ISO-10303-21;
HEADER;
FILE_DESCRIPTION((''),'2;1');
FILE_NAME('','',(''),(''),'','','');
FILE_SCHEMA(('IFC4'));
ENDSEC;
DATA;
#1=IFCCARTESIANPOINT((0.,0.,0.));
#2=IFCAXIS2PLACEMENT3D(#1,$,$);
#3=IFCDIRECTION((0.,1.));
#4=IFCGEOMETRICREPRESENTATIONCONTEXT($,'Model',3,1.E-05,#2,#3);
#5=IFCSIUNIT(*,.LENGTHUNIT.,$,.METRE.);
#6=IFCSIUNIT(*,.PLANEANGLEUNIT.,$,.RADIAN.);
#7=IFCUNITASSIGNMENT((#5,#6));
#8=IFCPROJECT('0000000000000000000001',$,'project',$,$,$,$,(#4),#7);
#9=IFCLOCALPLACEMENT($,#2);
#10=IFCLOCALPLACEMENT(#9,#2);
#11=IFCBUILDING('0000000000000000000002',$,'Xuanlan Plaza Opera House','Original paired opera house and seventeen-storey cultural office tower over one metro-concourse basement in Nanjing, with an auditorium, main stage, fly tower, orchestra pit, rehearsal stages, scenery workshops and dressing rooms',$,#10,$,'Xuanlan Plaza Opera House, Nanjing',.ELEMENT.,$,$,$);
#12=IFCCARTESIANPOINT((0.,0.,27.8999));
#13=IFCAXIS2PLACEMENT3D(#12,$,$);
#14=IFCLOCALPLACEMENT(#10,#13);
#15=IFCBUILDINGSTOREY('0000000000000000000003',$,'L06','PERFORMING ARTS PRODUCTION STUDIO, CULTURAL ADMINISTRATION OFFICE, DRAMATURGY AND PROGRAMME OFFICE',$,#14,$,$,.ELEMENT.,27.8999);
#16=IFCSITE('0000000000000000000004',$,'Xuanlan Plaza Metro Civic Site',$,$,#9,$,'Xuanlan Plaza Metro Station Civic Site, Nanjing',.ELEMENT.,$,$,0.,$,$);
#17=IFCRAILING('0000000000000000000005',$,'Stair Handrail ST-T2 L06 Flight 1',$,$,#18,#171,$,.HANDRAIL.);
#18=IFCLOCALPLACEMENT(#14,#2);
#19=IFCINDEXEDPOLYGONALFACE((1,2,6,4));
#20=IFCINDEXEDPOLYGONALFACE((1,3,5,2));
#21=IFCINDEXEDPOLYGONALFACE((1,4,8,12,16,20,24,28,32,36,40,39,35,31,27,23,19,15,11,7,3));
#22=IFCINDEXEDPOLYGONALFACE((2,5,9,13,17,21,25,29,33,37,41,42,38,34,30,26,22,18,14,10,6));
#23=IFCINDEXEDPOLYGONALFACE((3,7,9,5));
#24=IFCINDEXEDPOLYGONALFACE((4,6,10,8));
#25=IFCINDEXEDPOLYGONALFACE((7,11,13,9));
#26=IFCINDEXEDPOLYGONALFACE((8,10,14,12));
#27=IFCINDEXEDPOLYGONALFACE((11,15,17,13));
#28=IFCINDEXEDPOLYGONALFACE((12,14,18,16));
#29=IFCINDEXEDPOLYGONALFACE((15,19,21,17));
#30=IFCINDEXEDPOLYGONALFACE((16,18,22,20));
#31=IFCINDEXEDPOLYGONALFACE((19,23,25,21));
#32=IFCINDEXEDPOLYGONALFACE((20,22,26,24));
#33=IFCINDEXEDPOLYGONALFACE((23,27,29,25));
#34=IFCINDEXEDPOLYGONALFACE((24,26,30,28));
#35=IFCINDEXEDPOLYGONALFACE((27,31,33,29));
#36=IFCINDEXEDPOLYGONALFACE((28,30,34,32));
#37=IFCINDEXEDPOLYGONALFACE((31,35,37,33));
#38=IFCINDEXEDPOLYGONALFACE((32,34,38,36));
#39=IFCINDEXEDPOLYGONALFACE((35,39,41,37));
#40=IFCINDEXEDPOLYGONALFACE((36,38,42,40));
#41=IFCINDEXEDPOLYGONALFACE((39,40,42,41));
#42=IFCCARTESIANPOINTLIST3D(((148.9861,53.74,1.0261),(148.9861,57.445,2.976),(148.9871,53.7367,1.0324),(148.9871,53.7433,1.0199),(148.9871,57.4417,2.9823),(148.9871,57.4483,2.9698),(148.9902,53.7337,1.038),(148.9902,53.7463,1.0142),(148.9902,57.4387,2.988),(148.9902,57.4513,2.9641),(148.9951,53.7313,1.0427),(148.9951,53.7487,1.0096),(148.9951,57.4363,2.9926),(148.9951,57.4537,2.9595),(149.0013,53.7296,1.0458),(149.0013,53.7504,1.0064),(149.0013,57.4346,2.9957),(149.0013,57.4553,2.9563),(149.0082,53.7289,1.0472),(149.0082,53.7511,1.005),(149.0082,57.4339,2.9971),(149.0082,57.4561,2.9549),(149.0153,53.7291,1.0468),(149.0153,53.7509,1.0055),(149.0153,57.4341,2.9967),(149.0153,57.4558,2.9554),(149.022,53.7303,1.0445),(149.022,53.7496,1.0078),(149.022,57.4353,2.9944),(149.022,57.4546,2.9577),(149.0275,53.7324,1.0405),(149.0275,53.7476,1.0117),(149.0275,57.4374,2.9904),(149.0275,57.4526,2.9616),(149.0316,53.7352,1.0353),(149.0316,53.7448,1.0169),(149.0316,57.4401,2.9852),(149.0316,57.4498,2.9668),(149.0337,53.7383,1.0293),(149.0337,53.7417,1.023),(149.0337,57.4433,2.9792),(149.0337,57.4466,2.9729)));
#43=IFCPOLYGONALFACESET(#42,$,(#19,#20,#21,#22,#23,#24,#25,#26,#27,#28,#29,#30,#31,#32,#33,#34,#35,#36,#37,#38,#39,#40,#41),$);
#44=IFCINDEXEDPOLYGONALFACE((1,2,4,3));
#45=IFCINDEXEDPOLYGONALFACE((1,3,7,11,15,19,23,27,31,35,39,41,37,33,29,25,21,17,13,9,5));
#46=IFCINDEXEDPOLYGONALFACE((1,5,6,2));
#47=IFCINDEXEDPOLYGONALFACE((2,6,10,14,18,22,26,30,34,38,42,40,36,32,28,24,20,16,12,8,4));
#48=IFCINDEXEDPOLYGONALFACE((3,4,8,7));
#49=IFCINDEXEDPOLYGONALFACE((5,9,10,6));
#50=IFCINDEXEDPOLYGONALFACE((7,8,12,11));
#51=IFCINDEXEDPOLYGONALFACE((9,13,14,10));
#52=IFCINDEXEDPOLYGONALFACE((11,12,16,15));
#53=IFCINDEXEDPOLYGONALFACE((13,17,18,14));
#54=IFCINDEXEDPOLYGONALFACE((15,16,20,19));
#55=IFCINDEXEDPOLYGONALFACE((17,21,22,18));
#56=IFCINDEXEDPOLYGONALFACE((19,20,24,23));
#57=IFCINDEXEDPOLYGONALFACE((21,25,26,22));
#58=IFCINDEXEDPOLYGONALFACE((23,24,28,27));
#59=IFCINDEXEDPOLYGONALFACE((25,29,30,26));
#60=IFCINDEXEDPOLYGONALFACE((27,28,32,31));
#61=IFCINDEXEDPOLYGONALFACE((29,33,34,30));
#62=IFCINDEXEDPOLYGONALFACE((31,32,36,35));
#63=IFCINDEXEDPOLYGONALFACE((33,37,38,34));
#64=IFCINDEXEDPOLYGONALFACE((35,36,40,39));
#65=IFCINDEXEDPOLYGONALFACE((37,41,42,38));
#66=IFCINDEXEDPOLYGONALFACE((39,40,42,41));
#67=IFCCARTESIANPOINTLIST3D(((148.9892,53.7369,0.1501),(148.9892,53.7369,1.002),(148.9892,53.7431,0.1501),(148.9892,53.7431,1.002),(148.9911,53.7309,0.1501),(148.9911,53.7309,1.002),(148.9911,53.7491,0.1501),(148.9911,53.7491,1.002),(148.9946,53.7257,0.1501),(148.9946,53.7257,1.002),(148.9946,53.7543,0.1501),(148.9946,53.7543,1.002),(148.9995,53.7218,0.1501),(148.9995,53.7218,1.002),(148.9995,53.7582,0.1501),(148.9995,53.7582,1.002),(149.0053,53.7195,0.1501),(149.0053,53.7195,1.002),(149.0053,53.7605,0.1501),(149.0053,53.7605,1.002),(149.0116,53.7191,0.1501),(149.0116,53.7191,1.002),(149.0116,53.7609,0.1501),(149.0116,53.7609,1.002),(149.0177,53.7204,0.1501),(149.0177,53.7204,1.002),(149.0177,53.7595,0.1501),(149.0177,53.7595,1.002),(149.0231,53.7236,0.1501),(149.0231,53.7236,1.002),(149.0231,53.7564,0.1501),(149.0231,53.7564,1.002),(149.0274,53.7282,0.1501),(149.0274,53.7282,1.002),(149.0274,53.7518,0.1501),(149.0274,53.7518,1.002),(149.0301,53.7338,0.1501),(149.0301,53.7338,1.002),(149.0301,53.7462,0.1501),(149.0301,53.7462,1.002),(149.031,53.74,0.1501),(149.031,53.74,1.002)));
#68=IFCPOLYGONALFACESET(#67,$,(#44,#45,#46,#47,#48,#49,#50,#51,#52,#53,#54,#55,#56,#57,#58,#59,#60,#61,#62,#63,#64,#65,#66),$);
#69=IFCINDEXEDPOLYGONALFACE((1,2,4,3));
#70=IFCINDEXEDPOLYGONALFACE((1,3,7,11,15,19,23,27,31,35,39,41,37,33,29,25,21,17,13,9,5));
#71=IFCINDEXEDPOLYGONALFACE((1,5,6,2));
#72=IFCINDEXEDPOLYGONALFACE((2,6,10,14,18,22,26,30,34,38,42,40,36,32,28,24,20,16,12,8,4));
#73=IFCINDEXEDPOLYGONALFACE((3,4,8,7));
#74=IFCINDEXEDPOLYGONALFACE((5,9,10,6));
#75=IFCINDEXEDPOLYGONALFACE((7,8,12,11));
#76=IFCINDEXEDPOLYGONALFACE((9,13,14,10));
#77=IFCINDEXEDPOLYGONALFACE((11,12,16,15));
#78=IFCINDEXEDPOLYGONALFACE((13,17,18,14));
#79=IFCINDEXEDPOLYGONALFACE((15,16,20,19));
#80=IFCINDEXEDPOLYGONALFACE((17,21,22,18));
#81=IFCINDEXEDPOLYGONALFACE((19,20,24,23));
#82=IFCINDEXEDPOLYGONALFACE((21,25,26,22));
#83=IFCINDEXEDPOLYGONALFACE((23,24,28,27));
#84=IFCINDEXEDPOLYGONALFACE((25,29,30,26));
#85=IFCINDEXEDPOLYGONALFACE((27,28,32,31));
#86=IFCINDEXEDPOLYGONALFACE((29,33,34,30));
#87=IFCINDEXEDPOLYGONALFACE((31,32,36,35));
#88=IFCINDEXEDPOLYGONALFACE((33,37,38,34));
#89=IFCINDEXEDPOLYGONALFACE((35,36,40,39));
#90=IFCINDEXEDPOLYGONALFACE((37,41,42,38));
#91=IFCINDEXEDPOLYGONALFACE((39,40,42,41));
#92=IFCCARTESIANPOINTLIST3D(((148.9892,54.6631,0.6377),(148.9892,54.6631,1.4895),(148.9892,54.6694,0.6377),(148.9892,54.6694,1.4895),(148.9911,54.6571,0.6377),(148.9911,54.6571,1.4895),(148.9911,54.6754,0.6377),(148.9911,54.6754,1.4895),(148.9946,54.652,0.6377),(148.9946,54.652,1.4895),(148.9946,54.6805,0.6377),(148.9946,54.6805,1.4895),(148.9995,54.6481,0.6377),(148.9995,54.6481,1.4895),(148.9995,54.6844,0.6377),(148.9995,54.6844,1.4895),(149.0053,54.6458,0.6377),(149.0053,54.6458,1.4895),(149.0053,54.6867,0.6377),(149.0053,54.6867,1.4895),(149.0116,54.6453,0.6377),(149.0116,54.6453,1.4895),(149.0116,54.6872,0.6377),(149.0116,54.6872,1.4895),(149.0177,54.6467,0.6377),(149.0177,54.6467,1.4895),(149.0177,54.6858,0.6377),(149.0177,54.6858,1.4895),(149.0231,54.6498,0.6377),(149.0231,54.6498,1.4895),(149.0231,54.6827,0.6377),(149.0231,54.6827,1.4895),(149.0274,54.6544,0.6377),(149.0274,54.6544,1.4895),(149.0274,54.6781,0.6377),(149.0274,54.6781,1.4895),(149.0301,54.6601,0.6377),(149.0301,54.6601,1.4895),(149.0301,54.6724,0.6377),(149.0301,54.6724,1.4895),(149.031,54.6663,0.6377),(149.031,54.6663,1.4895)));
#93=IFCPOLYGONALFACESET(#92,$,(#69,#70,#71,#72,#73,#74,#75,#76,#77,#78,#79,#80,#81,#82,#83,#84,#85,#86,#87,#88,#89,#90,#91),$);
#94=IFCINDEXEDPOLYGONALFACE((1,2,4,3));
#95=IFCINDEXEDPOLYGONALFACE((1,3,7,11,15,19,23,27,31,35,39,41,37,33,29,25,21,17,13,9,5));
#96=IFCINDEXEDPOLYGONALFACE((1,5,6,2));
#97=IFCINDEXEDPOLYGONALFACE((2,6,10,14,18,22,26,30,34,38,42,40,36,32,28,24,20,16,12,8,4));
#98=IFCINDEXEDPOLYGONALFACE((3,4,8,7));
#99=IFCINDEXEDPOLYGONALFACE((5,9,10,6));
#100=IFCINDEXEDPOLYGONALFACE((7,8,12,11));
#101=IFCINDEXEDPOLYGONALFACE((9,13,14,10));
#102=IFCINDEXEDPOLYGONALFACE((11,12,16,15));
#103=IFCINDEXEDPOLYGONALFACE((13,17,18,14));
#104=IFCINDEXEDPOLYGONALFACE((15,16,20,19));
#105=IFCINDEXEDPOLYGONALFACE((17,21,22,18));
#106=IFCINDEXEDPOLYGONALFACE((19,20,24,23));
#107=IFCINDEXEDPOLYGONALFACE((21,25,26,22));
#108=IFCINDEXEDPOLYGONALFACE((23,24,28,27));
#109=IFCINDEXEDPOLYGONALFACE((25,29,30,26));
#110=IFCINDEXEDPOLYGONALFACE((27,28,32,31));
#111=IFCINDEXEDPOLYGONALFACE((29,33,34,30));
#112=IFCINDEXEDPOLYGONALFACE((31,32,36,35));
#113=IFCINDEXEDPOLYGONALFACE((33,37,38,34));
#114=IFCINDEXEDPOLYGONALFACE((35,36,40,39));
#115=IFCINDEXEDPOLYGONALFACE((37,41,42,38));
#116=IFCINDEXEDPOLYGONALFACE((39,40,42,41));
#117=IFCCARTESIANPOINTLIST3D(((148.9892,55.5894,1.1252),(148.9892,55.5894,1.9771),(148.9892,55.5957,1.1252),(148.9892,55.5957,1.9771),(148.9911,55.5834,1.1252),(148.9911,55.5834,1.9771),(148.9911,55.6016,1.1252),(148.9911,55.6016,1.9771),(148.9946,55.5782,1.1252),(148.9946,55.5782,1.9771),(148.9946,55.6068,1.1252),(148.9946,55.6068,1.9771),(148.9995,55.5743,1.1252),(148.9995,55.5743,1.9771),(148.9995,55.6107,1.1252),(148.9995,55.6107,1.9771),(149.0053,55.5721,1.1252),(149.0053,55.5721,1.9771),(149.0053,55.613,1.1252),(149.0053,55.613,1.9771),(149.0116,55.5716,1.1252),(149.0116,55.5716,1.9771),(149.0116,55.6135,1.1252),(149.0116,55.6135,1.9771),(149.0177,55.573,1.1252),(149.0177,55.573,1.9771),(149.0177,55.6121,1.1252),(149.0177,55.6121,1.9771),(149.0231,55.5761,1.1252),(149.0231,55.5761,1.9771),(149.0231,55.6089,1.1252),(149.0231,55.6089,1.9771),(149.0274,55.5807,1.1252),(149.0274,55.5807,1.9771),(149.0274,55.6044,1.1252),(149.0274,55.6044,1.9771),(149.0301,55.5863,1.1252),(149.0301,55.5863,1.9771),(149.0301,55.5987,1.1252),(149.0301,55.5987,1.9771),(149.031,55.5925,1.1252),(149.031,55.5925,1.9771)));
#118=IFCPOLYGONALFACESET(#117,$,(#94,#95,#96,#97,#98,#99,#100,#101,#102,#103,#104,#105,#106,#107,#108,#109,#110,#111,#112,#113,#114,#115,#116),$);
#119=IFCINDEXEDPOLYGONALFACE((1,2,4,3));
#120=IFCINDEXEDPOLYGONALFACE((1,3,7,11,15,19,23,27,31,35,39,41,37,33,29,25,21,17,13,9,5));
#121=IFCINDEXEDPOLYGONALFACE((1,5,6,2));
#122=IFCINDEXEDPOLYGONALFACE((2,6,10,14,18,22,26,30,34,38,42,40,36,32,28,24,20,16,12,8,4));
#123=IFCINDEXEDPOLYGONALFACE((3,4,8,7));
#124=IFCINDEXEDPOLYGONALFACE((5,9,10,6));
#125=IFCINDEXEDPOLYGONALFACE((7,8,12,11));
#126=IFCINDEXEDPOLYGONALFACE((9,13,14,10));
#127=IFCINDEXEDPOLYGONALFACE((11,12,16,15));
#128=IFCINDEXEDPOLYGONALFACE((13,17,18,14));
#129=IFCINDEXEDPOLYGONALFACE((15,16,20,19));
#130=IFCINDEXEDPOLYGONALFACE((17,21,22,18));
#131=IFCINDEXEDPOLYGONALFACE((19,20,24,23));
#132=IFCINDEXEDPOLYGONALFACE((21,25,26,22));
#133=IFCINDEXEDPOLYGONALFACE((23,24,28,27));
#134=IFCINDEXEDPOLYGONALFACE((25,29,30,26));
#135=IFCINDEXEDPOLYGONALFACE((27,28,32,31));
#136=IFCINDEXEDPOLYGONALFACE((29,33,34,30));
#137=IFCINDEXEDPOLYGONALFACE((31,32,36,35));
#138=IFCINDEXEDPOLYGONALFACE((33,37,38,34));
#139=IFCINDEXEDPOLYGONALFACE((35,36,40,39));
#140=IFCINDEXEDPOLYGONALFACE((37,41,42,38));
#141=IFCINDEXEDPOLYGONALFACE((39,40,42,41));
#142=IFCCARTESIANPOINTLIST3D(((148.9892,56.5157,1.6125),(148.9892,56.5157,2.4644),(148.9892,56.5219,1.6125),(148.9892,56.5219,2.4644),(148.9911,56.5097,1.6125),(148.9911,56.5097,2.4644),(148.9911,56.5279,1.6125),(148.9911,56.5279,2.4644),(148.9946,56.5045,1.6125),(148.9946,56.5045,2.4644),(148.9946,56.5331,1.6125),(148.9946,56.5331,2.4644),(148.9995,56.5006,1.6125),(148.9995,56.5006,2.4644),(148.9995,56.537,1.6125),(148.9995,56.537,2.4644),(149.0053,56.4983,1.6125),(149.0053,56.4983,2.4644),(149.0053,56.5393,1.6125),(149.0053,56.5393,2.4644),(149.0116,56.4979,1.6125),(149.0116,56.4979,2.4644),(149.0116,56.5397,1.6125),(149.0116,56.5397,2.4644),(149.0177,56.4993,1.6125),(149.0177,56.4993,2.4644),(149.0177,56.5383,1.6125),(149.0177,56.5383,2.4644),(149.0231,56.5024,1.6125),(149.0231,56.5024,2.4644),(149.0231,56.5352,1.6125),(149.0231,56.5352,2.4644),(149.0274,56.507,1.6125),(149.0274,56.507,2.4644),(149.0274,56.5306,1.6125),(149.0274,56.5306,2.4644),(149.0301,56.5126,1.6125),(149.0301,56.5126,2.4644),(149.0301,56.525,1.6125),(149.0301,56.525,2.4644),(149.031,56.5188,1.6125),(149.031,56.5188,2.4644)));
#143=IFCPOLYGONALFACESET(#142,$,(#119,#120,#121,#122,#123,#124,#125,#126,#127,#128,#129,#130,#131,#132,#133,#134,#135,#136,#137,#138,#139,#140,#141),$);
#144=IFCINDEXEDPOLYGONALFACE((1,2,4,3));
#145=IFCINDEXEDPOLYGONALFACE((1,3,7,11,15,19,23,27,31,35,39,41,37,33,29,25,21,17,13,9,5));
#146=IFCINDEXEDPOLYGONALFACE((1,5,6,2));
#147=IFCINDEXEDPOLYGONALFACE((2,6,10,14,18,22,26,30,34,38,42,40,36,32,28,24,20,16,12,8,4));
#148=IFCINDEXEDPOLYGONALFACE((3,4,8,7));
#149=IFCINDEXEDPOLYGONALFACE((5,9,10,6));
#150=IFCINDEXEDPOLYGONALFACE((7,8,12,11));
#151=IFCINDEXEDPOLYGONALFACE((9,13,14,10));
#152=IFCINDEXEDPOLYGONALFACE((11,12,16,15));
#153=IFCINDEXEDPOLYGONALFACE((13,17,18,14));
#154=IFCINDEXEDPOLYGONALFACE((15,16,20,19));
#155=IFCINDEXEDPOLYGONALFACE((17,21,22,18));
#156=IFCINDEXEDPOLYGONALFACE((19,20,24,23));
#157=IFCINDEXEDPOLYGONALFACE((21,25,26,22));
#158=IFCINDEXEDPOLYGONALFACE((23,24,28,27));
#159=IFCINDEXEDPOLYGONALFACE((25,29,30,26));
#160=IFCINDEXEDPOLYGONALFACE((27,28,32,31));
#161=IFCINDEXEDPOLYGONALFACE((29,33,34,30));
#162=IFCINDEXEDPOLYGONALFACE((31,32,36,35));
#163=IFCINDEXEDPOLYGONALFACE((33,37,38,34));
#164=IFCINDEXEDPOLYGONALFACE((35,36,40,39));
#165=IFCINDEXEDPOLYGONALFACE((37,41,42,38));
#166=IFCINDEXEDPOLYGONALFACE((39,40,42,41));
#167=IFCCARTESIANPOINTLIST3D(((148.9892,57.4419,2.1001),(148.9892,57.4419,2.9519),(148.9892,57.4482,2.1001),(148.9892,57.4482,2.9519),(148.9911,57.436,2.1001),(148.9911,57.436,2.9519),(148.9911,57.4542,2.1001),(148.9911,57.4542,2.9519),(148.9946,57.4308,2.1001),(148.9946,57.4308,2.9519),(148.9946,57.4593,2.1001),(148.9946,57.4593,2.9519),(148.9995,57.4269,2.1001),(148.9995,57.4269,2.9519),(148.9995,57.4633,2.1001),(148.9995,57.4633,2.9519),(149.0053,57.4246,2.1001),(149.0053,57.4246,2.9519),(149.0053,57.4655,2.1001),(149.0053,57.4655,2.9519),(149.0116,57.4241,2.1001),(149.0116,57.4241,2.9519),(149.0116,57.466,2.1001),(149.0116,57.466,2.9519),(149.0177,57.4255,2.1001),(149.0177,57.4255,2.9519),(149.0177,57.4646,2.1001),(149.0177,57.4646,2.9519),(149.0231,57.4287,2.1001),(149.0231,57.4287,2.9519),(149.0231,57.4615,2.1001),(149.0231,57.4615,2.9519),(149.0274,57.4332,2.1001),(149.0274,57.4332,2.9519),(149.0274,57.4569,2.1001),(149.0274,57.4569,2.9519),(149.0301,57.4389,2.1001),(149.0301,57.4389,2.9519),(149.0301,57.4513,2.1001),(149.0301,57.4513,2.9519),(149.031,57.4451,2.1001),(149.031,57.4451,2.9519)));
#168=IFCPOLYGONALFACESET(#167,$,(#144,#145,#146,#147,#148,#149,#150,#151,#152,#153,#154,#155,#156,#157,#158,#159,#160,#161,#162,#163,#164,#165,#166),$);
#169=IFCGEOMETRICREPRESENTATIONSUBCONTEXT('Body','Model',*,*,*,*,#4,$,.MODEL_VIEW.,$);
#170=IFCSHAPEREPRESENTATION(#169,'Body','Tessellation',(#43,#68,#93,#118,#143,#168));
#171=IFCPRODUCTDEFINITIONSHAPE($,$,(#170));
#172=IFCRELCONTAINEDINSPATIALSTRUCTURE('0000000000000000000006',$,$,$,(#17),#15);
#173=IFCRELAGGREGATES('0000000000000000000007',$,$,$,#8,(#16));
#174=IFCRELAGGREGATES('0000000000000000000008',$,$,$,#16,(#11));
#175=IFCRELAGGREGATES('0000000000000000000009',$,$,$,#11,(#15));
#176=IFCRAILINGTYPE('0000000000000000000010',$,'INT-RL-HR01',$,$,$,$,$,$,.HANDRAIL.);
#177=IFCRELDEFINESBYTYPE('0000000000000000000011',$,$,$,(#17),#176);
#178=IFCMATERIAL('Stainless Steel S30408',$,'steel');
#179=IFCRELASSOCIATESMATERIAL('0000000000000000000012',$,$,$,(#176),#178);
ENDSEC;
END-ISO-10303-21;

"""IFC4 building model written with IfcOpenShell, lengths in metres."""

from ifc_helpers import new_model, si_unit, direction, frame, origin, origin_2d, place, context, subcontext, project, spatial, circle, extrude, material, type_object, element, save


model = new_model("IFC4")

# Units and contexts
model_context = context("Model", 3, precision=1e-05, world=origin(), true_north=direction((0.0, 1.0)))
body_context = subcontext(model_context, "Body", "Model", "MODEL_VIEW")
ifc_project = project(units=[si_unit("LENGTHUNIT", "METRE"), si_unit("PLANEANGLEUNIT", "RADIAN")], contexts=[model_context])

# Site, building, storey
site_placement = place(None, origin())
site = spatial("IfcSite", under=ifc_project, at=site_placement, Name="Xuanlan Plaza Metro Civic Site", LongName="Xuanlan Plaza Metro Station Civic Site, Nanjing", CompositionType="ELEMENT", RefElevation=0.0)
building_placement = place(site_placement, origin())
building = spatial("IfcBuilding", under=site, at=building_placement, Name="Xuanlan Plaza Opera House", Description="Original paired opera house and seventeen-storey cultural office tower over one metro-concourse basement in Nanjing, with an auditorium, main stage, fly tower, orchestra pit, rehearsal stages, scenery workshops and dressing rooms", LongName="Xuanlan Plaza Opera House, Nanjing", CompositionType="ELEMENT")
storey_placement = place(building_placement, frame((0.0, 0.0, 27.8999)))
storey = spatial("IfcBuildingStorey", under=building, at=storey_placement, Name="L06", Description="PERFORMING ARTS PRODUCTION STUDIO, CULTURAL ADMINISTRATION OFFICE, DRAMATURGY AND PROGRAMME OFFICE", CompositionType="ELEMENT", Elevation=27.8999)

# Shared definitions
ifc_material_1 = material(Name="Stainless Steel S30408", Category="steel")

# Railing
railing_type = type_object("IfcRailingType", Name="INT-RL-HR01", PredefinedType="HANDRAIL", material=ifc_material_1)
for number, where, name in (
    (1, (149.01, 53.74, 0.1501), "Stair Handrail ST-T2 L06 Flight 1"),
):
    element("IfcRailing", number, at=place(storey_placement, frame(where)), inside=storey, type_object=railing_type, Name=name, PredefinedType="HANDRAIL", context=body_context, shape_type="SweptSolid", body=[
        extrude(circle(Radius=0.0239, at=origin_2d()), frame((0.0, 0.0, 0.876), z_axis=(0.0, 0.884927, 0.46573), x_axis=(-1.0, 0.0, 0.0)), (0.0, 0.0, 1.0), 4.1868),
        extrude(circle(Radius=0.021, at=origin_2d()), origin(), (0.0, 0.0, 1.0), 0.8518),
        extrude(circle(Radius=0.021, at=origin_2d()), frame((0.0, 0.9263, 0.4875)), (0.0, 0.0, 1.0), 0.8518),
        extrude(circle(Radius=0.021, at=origin_2d()), frame((0.0, 1.8525, 0.9751)), (0.0, 0.0, 1.0), 0.8518),
        extrude(circle(Radius=0.021, at=origin_2d()), frame((0.0, 2.7788, 1.4624)), (0.0, 0.0, 1.0), 0.8518),
        extrude(circle(Radius=0.021, at=origin_2d()), frame((0.0, 3.7051, 1.95)), (0.0, 0.0, 1.0), 0.8518),
    ])

save(model, "model.ifc")
